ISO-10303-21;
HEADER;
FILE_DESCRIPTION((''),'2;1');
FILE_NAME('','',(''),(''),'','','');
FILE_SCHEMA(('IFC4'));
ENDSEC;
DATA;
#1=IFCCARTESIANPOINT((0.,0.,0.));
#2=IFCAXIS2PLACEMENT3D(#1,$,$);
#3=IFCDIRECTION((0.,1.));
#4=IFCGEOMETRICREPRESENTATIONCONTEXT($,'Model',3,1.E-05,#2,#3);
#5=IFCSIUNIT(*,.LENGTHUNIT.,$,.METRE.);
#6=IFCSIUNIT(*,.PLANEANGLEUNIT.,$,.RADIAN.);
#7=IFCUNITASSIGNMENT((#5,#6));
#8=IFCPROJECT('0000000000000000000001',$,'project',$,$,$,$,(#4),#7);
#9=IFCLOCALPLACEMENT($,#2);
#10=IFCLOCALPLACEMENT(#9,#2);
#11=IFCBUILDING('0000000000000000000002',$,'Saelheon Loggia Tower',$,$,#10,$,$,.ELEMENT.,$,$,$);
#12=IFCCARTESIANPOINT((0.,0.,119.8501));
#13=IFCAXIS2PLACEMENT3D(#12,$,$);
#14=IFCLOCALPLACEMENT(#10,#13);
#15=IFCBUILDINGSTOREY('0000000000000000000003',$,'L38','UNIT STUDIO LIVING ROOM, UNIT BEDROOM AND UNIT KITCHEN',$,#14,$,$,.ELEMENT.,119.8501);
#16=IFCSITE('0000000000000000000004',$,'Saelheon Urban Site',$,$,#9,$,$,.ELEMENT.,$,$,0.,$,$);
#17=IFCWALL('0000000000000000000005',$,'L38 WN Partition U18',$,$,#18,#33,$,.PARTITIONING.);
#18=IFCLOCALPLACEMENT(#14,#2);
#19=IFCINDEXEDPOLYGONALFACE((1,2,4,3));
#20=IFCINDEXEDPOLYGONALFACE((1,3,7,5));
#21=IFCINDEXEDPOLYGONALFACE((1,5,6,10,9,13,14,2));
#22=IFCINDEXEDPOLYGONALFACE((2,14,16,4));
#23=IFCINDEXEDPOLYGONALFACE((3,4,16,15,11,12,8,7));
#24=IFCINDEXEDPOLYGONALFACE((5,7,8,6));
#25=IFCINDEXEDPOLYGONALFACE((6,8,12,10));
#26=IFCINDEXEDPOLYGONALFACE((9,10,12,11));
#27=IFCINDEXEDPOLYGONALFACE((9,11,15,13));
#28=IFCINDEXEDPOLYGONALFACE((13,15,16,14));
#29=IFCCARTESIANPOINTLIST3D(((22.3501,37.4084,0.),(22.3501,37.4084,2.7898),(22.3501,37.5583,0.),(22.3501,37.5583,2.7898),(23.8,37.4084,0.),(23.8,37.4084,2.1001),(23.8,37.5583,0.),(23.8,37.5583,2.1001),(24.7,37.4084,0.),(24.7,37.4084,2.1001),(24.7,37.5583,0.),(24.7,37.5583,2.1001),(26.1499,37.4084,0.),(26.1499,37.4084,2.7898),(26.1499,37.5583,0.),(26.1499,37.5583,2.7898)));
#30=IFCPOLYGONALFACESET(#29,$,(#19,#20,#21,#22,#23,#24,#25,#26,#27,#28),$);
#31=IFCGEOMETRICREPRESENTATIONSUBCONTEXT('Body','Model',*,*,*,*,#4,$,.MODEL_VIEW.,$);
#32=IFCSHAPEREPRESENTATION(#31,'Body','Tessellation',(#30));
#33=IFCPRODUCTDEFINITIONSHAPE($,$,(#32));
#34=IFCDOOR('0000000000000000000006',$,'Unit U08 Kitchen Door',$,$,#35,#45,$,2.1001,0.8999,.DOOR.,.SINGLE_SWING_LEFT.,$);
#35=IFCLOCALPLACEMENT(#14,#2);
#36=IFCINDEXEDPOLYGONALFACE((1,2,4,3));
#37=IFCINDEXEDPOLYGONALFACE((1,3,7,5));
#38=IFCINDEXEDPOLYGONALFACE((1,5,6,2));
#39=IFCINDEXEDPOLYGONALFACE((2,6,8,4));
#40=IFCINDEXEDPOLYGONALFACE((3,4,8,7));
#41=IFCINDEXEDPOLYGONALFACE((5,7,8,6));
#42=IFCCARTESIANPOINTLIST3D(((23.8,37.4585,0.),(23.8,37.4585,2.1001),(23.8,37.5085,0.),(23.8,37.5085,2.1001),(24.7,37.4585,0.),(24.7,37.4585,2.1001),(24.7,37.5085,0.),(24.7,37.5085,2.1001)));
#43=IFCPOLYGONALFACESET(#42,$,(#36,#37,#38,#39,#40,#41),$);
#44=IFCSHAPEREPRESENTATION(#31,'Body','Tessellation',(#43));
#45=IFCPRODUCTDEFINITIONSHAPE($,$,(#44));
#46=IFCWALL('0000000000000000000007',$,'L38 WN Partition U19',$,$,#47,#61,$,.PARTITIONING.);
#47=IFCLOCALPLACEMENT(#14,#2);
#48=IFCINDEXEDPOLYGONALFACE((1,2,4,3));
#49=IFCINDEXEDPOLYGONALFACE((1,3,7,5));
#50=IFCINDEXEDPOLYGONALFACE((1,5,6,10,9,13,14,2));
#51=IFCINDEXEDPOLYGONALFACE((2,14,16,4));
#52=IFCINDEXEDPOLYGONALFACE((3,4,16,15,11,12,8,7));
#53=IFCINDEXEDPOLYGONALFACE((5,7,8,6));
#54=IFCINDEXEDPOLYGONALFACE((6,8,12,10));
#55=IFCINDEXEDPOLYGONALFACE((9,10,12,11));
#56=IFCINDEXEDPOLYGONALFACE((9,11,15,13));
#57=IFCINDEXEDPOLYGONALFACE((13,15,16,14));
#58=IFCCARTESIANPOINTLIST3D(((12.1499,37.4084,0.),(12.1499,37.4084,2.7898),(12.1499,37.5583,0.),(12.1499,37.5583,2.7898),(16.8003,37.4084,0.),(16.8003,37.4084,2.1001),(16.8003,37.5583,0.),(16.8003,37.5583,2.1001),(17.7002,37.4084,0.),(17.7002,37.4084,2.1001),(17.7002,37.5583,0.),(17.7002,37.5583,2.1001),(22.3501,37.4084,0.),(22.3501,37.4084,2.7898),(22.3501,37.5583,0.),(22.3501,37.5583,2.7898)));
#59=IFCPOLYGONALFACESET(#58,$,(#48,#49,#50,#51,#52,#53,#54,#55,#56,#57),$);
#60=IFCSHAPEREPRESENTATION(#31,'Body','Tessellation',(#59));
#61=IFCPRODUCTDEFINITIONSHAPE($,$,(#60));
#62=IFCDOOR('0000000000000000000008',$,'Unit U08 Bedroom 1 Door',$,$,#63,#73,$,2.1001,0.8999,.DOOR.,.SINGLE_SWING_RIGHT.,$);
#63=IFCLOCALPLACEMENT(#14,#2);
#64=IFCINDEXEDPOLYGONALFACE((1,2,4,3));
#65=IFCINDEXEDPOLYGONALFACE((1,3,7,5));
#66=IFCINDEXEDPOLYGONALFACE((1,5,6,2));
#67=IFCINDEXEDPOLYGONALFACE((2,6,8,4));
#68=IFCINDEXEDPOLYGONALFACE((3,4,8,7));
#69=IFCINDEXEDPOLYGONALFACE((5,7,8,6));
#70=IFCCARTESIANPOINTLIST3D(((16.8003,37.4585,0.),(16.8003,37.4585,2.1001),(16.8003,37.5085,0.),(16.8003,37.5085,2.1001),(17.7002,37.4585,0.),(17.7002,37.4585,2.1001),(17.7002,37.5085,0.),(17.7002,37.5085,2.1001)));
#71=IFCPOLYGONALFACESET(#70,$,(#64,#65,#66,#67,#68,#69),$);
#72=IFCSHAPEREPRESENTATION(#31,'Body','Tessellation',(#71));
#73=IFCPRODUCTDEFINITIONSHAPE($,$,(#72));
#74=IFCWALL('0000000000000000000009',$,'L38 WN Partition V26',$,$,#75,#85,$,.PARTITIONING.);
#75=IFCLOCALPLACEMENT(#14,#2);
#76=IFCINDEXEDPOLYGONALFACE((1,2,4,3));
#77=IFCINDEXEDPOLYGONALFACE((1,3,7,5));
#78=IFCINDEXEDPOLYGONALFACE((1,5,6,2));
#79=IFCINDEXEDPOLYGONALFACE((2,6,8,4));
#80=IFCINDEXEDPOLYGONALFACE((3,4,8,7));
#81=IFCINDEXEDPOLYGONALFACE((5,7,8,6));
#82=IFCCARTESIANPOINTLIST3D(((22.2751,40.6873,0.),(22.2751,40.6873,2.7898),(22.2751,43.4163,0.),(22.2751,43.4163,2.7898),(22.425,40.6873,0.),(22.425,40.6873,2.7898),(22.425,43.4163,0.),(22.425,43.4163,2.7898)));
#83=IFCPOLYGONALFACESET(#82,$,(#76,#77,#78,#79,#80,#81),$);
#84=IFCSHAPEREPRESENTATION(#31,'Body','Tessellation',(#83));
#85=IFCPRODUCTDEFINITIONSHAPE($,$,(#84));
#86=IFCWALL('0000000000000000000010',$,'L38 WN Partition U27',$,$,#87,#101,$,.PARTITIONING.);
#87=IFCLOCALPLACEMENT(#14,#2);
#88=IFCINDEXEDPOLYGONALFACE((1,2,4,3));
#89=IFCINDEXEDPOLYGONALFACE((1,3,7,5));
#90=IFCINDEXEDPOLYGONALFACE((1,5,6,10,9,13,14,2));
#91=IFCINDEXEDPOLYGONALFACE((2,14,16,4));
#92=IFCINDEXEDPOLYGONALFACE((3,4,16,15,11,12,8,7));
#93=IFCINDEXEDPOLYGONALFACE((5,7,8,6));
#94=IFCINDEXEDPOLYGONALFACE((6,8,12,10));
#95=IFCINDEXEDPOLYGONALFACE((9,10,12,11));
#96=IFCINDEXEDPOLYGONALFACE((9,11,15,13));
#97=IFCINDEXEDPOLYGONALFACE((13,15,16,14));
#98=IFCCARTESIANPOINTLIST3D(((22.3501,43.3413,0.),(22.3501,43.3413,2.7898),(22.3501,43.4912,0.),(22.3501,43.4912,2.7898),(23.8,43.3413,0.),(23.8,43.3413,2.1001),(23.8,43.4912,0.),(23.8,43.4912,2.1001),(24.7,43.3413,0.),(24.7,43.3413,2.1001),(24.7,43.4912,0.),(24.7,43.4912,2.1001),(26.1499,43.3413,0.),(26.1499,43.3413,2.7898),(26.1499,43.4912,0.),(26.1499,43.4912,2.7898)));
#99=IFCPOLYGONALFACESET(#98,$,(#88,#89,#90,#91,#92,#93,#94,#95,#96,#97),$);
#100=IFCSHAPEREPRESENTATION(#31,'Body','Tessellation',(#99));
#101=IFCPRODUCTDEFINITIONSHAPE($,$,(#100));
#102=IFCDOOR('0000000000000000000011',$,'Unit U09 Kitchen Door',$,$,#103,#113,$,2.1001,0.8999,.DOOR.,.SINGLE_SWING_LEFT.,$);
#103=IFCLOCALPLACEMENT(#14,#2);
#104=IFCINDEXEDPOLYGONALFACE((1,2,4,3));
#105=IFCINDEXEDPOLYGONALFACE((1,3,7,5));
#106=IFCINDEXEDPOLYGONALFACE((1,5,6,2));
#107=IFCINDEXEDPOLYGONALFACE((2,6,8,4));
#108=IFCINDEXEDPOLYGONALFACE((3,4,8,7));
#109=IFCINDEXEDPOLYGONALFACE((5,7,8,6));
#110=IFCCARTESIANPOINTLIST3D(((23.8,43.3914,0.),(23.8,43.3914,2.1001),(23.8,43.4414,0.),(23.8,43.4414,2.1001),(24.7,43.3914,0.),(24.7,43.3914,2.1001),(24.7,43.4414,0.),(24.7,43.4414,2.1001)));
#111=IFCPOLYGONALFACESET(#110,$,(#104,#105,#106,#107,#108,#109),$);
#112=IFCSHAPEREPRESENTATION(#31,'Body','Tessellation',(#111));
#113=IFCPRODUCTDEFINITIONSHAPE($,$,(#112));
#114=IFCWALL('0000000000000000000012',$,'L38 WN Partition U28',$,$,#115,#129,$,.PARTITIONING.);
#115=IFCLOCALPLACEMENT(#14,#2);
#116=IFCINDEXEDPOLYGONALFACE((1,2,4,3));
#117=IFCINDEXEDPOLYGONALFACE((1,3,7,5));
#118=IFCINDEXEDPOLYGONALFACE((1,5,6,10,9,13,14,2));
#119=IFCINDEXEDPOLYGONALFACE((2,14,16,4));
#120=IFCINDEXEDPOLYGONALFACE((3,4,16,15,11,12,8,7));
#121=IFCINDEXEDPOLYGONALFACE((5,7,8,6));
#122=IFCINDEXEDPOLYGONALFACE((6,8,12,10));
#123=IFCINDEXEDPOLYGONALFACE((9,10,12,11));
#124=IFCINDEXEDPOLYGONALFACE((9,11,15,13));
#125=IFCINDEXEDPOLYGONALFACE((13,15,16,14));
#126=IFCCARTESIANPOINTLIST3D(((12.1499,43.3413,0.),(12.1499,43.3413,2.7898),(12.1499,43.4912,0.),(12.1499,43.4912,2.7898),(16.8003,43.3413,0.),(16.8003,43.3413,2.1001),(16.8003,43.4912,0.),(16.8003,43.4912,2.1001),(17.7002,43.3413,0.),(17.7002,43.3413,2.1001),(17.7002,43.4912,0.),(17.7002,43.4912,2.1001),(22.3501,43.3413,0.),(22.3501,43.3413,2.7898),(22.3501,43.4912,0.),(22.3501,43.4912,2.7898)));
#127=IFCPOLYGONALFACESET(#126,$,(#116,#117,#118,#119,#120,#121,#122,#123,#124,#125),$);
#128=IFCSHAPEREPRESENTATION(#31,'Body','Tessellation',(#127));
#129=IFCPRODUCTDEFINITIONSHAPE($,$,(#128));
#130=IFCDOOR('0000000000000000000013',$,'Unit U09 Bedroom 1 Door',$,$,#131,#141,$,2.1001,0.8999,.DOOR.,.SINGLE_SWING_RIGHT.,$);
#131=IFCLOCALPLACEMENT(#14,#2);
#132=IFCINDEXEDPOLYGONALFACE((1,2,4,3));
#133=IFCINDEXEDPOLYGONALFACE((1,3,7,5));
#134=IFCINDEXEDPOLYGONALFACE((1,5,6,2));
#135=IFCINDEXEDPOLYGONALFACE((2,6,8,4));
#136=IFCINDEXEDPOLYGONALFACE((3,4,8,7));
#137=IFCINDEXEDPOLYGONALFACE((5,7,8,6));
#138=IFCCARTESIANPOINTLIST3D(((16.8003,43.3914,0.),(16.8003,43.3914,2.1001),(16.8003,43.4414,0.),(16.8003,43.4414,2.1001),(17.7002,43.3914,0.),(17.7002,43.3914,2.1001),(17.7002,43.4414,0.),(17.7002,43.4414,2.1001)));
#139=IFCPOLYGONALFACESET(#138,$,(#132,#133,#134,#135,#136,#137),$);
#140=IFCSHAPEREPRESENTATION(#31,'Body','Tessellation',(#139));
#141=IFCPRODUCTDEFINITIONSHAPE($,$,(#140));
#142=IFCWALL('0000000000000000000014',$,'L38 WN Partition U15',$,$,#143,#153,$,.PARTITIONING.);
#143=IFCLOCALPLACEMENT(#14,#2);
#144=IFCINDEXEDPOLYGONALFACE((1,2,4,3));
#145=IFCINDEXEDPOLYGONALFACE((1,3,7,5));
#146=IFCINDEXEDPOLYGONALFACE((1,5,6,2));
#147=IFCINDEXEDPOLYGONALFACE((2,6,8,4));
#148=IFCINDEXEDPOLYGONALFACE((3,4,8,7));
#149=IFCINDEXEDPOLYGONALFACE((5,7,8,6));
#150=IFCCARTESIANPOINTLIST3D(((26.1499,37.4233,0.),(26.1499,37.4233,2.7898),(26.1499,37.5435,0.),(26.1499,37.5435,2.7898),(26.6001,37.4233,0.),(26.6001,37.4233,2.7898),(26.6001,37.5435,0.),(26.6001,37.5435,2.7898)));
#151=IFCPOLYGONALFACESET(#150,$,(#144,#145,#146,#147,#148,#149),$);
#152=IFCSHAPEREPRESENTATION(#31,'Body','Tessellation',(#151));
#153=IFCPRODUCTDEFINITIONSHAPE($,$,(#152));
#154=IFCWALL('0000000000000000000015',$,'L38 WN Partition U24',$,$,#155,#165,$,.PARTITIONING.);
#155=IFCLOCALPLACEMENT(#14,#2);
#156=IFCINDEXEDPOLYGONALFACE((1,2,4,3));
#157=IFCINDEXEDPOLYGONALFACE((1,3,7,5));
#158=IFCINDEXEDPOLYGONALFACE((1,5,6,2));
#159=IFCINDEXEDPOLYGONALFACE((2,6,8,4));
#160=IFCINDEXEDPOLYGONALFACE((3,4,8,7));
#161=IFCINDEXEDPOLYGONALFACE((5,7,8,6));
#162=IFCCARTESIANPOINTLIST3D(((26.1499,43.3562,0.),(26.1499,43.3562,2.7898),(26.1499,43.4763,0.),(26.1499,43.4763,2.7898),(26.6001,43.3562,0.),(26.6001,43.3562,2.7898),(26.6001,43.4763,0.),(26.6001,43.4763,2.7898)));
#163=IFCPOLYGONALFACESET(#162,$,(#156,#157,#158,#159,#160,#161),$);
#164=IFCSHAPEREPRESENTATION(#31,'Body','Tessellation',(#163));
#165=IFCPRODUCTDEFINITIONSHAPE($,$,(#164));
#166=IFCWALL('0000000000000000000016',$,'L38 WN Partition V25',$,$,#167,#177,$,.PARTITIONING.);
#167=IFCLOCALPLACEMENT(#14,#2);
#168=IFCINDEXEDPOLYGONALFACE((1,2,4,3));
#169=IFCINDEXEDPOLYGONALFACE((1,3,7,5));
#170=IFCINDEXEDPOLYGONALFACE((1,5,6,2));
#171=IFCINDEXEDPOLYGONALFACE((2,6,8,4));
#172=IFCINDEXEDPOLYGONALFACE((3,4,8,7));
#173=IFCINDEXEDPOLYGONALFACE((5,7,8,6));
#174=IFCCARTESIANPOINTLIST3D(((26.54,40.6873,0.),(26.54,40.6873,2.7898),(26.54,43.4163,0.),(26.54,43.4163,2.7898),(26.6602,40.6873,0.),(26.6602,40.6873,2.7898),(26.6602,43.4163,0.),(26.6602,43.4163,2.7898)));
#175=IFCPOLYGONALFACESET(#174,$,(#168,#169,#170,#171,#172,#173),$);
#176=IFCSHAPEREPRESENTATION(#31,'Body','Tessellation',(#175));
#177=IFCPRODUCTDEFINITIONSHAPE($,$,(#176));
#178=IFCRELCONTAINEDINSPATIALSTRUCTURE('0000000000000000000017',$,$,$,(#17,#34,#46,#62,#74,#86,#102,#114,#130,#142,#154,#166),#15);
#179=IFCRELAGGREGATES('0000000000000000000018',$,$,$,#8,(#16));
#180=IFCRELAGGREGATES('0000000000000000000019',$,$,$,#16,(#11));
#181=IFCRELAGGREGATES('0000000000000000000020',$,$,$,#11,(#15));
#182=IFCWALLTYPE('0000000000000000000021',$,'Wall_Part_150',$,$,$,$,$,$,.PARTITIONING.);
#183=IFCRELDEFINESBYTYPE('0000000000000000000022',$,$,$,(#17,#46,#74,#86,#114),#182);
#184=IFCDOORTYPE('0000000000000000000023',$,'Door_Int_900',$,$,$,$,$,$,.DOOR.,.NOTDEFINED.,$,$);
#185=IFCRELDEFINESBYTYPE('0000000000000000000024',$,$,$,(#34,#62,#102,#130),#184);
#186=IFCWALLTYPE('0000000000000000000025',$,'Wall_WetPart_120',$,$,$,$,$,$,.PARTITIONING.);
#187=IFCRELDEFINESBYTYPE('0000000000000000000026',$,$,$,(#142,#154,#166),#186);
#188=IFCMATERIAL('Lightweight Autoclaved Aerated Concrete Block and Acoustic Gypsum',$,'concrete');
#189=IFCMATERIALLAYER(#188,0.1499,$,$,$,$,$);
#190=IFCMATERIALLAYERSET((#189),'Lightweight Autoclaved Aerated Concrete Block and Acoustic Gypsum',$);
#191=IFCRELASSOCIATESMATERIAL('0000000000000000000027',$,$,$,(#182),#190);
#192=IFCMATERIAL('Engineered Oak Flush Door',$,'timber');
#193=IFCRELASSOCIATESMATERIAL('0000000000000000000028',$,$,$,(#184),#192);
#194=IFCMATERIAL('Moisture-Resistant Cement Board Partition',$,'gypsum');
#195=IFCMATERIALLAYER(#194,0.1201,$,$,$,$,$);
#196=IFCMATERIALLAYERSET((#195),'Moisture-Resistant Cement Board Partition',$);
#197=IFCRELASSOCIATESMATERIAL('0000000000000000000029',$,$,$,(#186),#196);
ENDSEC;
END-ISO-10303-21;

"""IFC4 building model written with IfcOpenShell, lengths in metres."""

from ifc_helpers import new_model, si_unit, direction, frame, frame_2d, origin, place, context, subcontext, project, spatial, rectangle, extrude, source, transform, mapped, material, layer, layer_set, type_object, element, fill, save


model = new_model("IFC4")

# Units and contexts
model_context = context("Model", 3, precision=1e-05, world=origin(), true_north=direction((0.0, 1.0)))
body_context = subcontext(model_context, "Body", "Model", "MODEL_VIEW")
ifc_project = project(units=[si_unit("LENGTHUNIT", "METRE"), si_unit("PLANEANGLEUNIT", "RADIAN")], contexts=[model_context])

# Site, building, storey
site_placement = place(None, origin())
site = spatial("IfcSite", under=ifc_project, at=site_placement, Name="Saelheon Urban Site", CompositionType="ELEMENT", RefElevation=0.0)
building_placement = place(site_placement, origin())
building = spatial("IfcBuilding", under=site, at=building_placement, Name="Saelheon Loggia Tower", CompositionType="ELEMENT")
storey_placement = place(building_placement, frame((0.0, 0.0, 119.8501)))
storey = spatial("IfcBuildingStorey", under=building, at=storey_placement, Name="L38", Description="UNIT STUDIO LIVING ROOM, UNIT BEDROOM AND UNIT KITCHEN", CompositionType="ELEMENT", Elevation=119.8501)

# Walls, openings, doors
ifc_material_1 = material(Name="Lightweight Autoclaved Aerated Concrete Block and Acoustic Gypsum", Category="concrete")
ifc_layer_1 = layer(ifc_material_1, 0.1499)
ifc_layer_set_1 = layer_set([ifc_layer_1], Name="Lightweight Autoclaved Aerated Concrete Block and Acoustic Gypsum")
wall_type_1 = type_object("IfcWallType", Name="Wall_Part_150", PredefinedType="PARTITIONING", material=ifc_layer_set_1)
wall_1_placement = place(storey_placement, frame((26.1499, 37.4834, 0.0), z_axis=(0.0, 0.0, 1.0), x_axis=(-1.0, 0.0, 0.0)))
wall_1 = element("IfcWall", 1, at=wall_1_placement, inside=storey, type_object=wall_type_1, Name="L38 WN Partition U18", PredefinedType="PARTITIONING", context=body_context, shape_type="SweptSolid", body=[
    extrude(rectangle(XDim=3.7998, YDim=0.1499, at=frame_2d((1.8999, 0.0))), origin(), (0.0, 0.0, 1.0), 2.7898),
])
opening_1_placement = place(wall_1_placement, frame((1.45, 0.0, 0.0)))
opening_1 = element("IfcOpeningElement", 2, at=opening_1_placement, cuts=wall_1, PredefinedType="OPENING", context=body_context, shape_type="SweptSolid", body=[
    extrude(rectangle(XDim=0.8999, YDim=2.1001, at=frame_2d((0.45, 1.05))), frame((0.0, 0.0869, 0.0), z_axis=(0.0, -1.0, 0.0), x_axis=(1.0, 0.0, 0.0)), (0.0, 0.0, 1.0), 0.1738),
])
ifc_material_2 = material(Name="Engineered Oak Flush Door", Category="timber")
door_type_1 = type_object("IfcDoorType", Name="Door_Int_900", OperationType="NOTDEFINED", PredefinedType="DOOR", material=ifc_material_2)
shared_shape_1 = source(origin(), body_context, "Body", "SweptSolid", [
    extrude(rectangle(XDim=0.8999, YDim=2.1001, at=frame_2d((0.45, 1.05))), frame((0.0, 0.0249, 0.0), z_axis=(0.0, -1.0, 0.0), x_axis=(1.0, 0.0, 0.0)), (0.0, 0.0, 1.0), 0.05),
])
door_1_placement = place(opening_1_placement, origin())
door_1 = element("IfcDoor", 3, at=door_1_placement, inside=storey, type_object=door_type_1, Name="Unit U08 Kitchen Door", OperationType="SINGLE_SWING_LEFT", OverallHeight=2.1001, OverallWidth=0.8999, PredefinedType="DOOR", context=body_context, shape_type="MappedRepresentation", body=[
    mapped(shared_shape_1, transform((0.0, 0.0, 0.0), scale=1.0)),
])
fill(opening_1, door_1)
wall_2_placement = place(storey_placement, frame((22.3501, 37.4834, 0.0), z_axis=(0.0, 0.0, 1.0), x_axis=(-1.0, 0.0, 0.0)))
wall_2 = element("IfcWall", 4, at=wall_2_placement, inside=storey, type_object=wall_type_1, Name="L38 WN Partition U19", PredefinedType="PARTITIONING", context=body_context, shape_type="SweptSolid", body=[
    extrude(rectangle(XDim=10.2002, YDim=0.1499, at=frame_2d((5.1001, 0.0))), origin(), (0.0, 0.0, 1.0), 2.7898),
])
opening_2_placement = place(wall_2_placement, frame((4.6499, 0.0, 0.0)))
opening_2 = element("IfcOpeningElement", 5, at=opening_2_placement, cuts=wall_2, PredefinedType="OPENING", context=body_context, shape_type="SweptSolid", body=[
    extrude(rectangle(XDim=0.8999, YDim=2.1001, at=frame_2d((0.45, 1.05))), frame((0.0, 0.0869, 0.0), z_axis=(0.0, -1.0, 0.0), x_axis=(1.0, 0.0, 0.0)), (0.0, 0.0, 1.0), 0.1738),
])
door_2_placement = place(opening_2_placement, origin())
door_2 = element("IfcDoor", 6, at=door_2_placement, inside=storey, type_object=door_type_1, Name="Unit U08 Bedroom 1 Door", OperationType="SINGLE_SWING_RIGHT", OverallHeight=2.1001, OverallWidth=0.8999, PredefinedType="DOOR", context=body_context, shape_type="MappedRepresentation", body=[
    mapped(shared_shape_1, transform((0.0, 0.0, 0.0), scale=1.0)),
])
fill(opening_2, door_2)

# Wall
wall_3_placement = place(storey_placement, frame((22.3501, 40.6873, 0.0), z_axis=(0.0, 0.0, 1.0), x_axis=(0.0, 1.0, 0.0)))
element("IfcWall", 7, at=wall_3_placement, inside=storey, type_object=wall_type_1, Name="L38 WN Partition V26", PredefinedType="PARTITIONING", context=body_context, shape_type="SweptSolid", body=[
    extrude(rectangle(XDim=2.729, YDim=0.1499, at=frame_2d((1.3645, 0.0))), origin(), (0.0, 0.0, 1.0), 2.7898),
])

# Walls, openings, doors
wall_4_placement = place(storey_placement, frame((26.1499, 43.4163, 0.0), z_axis=(0.0, 0.0, 1.0), x_axis=(-1.0, 0.0, 0.0)))
wall_4 = element("IfcWall", 8, at=wall_4_placement, inside=storey, type_object=wall_type_1, Name="L38 WN Partition U27", PredefinedType="PARTITIONING", context=body_context, shape_type="SweptSolid", body=[
    extrude(rectangle(XDim=3.7998, YDim=0.1499, at=frame_2d((1.8999, 0.0))), origin(), (0.0, 0.0, 1.0), 2.7898),
])
opening_3_placement = place(wall_4_placement, frame((1.45, 0.0, 0.0)))
opening_3 = element("IfcOpeningElement", 9, at=opening_3_placement, cuts=wall_4, PredefinedType="OPENING", context=body_context, shape_type="SweptSolid", body=[
    extrude(rectangle(XDim=0.8999, YDim=2.1001, at=frame_2d((0.45, 1.05))), frame((0.0, 0.0869, 0.0), z_axis=(0.0, -1.0, 0.0), x_axis=(1.0, 0.0, 0.0)), (0.0, 0.0, 1.0), 0.1738),
])
door_3_placement = place(opening_3_placement, origin())
door_3 = element("IfcDoor", 10, at=door_3_placement, inside=storey, type_object=door_type_1, Name="Unit U09 Kitchen Door", OperationType="SINGLE_SWING_LEFT", OverallHeight=2.1001, OverallWidth=0.8999, PredefinedType="DOOR", context=body_context, shape_type="MappedRepresentation", body=[
    mapped(shared_shape_1, transform((0.0, 0.0, 0.0), scale=1.0)),
])
fill(opening_3, door_3)
wall_5_placement = place(storey_placement, frame((22.3501, 43.4163, 0.0), z_axis=(0.0, 0.0, 1.0), x_axis=(-1.0, 0.0, 0.0)))
wall_5 = element("IfcWall", 11, at=wall_5_placement, inside=storey, type_object=wall_type_1, Name="L38 WN Partition U28", PredefinedType="PARTITIONING", context=body_context, shape_type="SweptSolid", body=[
    extrude(rectangle(XDim=10.2002, YDim=0.1499, at=frame_2d((5.1001, 0.0))), origin(), (0.0, 0.0, 1.0), 2.7898),
])
opening_4_placement = place(wall_5_placement, frame((4.6499, 0.0, 0.0)))
opening_4 = element("IfcOpeningElement", 12, at=opening_4_placement, cuts=wall_5, PredefinedType="OPENING", context=body_context, shape_type="SweptSolid", body=[
    extrude(rectangle(XDim=0.8999, YDim=2.1001, at=frame_2d((0.45, 1.05))), frame((0.0, 0.0869, 0.0), z_axis=(0.0, -1.0, 0.0), x_axis=(1.0, 0.0, 0.0)), (0.0, 0.0, 1.0), 0.1738),
])
door_4_placement = place(opening_4_placement, origin())
door_4 = element("IfcDoor", 13, at=door_4_placement, inside=storey, type_object=door_type_1, Name="Unit U09 Bedroom 1 Door", OperationType="SINGLE_SWING_RIGHT", OverallHeight=2.1001, OverallWidth=0.8999, PredefinedType="DOOR", context=body_context, shape_type="MappedRepresentation", body=[
    mapped(shared_shape_1, transform((0.0, 0.0, 0.0), scale=1.0)),
])
fill(opening_4, door_4)

# Walls
ifc_material_3 = material(Name="Moisture-Resistant Cement Board Partition", Category="gypsum")
ifc_layer_2 = layer(ifc_material_3, 0.1201)
ifc_layer_set_2 = layer_set([ifc_layer_2], Name="Moisture-Resistant Cement Board Partition")
wall_type_2 = type_object("IfcWallType", Name="Wall_WetPart_120", PredefinedType="PARTITIONING", material=ifc_layer_set_2)
for number, where, z_axis, x_axis, name in (
    (14, (26.6001, 37.4834, 0.0), (0.0, 0.0, 1.0), (-1.0, 0.0, 0.0), "L38 WN Partition U15"),
    (15, (26.6001, 43.4163, 0.0), (0.0, 0.0, 1.0), (-1.0, 0.0, 0.0), "L38 WN Partition U24"),
):
    element("IfcWall", number, at=place(storey_placement, frame(where, z_axis=z_axis, x_axis=x_axis)), inside=storey, type_object=wall_type_2, Name=name, PredefinedType="PARTITIONING", context=body_context, shape_type="SweptSolid", body=[
        extrude(rectangle(XDim=0.4502, YDim=0.1201, at=frame_2d((0.2251, 0.0))), origin(), (0.0, 0.0, 1.0), 2.7898),
    ])
wall_6_placement = place(storey_placement, frame((26.6001, 40.6873, 0.0), z_axis=(0.0, 0.0, 1.0), x_axis=(0.0, 1.0, 0.0)))
element("IfcWall", 16, at=wall_6_placement, inside=storey, type_object=wall_type_2, Name="L38 WN Partition V25", PredefinedType="PARTITIONING", context=body_context, shape_type="SweptSolid", body=[
    extrude(rectangle(XDim=2.729, YDim=0.1201, at=frame_2d((1.3645, 0.0))), origin(), (0.0, 0.0, 1.0), 2.7898),
])

save(model, "model.ifc")
